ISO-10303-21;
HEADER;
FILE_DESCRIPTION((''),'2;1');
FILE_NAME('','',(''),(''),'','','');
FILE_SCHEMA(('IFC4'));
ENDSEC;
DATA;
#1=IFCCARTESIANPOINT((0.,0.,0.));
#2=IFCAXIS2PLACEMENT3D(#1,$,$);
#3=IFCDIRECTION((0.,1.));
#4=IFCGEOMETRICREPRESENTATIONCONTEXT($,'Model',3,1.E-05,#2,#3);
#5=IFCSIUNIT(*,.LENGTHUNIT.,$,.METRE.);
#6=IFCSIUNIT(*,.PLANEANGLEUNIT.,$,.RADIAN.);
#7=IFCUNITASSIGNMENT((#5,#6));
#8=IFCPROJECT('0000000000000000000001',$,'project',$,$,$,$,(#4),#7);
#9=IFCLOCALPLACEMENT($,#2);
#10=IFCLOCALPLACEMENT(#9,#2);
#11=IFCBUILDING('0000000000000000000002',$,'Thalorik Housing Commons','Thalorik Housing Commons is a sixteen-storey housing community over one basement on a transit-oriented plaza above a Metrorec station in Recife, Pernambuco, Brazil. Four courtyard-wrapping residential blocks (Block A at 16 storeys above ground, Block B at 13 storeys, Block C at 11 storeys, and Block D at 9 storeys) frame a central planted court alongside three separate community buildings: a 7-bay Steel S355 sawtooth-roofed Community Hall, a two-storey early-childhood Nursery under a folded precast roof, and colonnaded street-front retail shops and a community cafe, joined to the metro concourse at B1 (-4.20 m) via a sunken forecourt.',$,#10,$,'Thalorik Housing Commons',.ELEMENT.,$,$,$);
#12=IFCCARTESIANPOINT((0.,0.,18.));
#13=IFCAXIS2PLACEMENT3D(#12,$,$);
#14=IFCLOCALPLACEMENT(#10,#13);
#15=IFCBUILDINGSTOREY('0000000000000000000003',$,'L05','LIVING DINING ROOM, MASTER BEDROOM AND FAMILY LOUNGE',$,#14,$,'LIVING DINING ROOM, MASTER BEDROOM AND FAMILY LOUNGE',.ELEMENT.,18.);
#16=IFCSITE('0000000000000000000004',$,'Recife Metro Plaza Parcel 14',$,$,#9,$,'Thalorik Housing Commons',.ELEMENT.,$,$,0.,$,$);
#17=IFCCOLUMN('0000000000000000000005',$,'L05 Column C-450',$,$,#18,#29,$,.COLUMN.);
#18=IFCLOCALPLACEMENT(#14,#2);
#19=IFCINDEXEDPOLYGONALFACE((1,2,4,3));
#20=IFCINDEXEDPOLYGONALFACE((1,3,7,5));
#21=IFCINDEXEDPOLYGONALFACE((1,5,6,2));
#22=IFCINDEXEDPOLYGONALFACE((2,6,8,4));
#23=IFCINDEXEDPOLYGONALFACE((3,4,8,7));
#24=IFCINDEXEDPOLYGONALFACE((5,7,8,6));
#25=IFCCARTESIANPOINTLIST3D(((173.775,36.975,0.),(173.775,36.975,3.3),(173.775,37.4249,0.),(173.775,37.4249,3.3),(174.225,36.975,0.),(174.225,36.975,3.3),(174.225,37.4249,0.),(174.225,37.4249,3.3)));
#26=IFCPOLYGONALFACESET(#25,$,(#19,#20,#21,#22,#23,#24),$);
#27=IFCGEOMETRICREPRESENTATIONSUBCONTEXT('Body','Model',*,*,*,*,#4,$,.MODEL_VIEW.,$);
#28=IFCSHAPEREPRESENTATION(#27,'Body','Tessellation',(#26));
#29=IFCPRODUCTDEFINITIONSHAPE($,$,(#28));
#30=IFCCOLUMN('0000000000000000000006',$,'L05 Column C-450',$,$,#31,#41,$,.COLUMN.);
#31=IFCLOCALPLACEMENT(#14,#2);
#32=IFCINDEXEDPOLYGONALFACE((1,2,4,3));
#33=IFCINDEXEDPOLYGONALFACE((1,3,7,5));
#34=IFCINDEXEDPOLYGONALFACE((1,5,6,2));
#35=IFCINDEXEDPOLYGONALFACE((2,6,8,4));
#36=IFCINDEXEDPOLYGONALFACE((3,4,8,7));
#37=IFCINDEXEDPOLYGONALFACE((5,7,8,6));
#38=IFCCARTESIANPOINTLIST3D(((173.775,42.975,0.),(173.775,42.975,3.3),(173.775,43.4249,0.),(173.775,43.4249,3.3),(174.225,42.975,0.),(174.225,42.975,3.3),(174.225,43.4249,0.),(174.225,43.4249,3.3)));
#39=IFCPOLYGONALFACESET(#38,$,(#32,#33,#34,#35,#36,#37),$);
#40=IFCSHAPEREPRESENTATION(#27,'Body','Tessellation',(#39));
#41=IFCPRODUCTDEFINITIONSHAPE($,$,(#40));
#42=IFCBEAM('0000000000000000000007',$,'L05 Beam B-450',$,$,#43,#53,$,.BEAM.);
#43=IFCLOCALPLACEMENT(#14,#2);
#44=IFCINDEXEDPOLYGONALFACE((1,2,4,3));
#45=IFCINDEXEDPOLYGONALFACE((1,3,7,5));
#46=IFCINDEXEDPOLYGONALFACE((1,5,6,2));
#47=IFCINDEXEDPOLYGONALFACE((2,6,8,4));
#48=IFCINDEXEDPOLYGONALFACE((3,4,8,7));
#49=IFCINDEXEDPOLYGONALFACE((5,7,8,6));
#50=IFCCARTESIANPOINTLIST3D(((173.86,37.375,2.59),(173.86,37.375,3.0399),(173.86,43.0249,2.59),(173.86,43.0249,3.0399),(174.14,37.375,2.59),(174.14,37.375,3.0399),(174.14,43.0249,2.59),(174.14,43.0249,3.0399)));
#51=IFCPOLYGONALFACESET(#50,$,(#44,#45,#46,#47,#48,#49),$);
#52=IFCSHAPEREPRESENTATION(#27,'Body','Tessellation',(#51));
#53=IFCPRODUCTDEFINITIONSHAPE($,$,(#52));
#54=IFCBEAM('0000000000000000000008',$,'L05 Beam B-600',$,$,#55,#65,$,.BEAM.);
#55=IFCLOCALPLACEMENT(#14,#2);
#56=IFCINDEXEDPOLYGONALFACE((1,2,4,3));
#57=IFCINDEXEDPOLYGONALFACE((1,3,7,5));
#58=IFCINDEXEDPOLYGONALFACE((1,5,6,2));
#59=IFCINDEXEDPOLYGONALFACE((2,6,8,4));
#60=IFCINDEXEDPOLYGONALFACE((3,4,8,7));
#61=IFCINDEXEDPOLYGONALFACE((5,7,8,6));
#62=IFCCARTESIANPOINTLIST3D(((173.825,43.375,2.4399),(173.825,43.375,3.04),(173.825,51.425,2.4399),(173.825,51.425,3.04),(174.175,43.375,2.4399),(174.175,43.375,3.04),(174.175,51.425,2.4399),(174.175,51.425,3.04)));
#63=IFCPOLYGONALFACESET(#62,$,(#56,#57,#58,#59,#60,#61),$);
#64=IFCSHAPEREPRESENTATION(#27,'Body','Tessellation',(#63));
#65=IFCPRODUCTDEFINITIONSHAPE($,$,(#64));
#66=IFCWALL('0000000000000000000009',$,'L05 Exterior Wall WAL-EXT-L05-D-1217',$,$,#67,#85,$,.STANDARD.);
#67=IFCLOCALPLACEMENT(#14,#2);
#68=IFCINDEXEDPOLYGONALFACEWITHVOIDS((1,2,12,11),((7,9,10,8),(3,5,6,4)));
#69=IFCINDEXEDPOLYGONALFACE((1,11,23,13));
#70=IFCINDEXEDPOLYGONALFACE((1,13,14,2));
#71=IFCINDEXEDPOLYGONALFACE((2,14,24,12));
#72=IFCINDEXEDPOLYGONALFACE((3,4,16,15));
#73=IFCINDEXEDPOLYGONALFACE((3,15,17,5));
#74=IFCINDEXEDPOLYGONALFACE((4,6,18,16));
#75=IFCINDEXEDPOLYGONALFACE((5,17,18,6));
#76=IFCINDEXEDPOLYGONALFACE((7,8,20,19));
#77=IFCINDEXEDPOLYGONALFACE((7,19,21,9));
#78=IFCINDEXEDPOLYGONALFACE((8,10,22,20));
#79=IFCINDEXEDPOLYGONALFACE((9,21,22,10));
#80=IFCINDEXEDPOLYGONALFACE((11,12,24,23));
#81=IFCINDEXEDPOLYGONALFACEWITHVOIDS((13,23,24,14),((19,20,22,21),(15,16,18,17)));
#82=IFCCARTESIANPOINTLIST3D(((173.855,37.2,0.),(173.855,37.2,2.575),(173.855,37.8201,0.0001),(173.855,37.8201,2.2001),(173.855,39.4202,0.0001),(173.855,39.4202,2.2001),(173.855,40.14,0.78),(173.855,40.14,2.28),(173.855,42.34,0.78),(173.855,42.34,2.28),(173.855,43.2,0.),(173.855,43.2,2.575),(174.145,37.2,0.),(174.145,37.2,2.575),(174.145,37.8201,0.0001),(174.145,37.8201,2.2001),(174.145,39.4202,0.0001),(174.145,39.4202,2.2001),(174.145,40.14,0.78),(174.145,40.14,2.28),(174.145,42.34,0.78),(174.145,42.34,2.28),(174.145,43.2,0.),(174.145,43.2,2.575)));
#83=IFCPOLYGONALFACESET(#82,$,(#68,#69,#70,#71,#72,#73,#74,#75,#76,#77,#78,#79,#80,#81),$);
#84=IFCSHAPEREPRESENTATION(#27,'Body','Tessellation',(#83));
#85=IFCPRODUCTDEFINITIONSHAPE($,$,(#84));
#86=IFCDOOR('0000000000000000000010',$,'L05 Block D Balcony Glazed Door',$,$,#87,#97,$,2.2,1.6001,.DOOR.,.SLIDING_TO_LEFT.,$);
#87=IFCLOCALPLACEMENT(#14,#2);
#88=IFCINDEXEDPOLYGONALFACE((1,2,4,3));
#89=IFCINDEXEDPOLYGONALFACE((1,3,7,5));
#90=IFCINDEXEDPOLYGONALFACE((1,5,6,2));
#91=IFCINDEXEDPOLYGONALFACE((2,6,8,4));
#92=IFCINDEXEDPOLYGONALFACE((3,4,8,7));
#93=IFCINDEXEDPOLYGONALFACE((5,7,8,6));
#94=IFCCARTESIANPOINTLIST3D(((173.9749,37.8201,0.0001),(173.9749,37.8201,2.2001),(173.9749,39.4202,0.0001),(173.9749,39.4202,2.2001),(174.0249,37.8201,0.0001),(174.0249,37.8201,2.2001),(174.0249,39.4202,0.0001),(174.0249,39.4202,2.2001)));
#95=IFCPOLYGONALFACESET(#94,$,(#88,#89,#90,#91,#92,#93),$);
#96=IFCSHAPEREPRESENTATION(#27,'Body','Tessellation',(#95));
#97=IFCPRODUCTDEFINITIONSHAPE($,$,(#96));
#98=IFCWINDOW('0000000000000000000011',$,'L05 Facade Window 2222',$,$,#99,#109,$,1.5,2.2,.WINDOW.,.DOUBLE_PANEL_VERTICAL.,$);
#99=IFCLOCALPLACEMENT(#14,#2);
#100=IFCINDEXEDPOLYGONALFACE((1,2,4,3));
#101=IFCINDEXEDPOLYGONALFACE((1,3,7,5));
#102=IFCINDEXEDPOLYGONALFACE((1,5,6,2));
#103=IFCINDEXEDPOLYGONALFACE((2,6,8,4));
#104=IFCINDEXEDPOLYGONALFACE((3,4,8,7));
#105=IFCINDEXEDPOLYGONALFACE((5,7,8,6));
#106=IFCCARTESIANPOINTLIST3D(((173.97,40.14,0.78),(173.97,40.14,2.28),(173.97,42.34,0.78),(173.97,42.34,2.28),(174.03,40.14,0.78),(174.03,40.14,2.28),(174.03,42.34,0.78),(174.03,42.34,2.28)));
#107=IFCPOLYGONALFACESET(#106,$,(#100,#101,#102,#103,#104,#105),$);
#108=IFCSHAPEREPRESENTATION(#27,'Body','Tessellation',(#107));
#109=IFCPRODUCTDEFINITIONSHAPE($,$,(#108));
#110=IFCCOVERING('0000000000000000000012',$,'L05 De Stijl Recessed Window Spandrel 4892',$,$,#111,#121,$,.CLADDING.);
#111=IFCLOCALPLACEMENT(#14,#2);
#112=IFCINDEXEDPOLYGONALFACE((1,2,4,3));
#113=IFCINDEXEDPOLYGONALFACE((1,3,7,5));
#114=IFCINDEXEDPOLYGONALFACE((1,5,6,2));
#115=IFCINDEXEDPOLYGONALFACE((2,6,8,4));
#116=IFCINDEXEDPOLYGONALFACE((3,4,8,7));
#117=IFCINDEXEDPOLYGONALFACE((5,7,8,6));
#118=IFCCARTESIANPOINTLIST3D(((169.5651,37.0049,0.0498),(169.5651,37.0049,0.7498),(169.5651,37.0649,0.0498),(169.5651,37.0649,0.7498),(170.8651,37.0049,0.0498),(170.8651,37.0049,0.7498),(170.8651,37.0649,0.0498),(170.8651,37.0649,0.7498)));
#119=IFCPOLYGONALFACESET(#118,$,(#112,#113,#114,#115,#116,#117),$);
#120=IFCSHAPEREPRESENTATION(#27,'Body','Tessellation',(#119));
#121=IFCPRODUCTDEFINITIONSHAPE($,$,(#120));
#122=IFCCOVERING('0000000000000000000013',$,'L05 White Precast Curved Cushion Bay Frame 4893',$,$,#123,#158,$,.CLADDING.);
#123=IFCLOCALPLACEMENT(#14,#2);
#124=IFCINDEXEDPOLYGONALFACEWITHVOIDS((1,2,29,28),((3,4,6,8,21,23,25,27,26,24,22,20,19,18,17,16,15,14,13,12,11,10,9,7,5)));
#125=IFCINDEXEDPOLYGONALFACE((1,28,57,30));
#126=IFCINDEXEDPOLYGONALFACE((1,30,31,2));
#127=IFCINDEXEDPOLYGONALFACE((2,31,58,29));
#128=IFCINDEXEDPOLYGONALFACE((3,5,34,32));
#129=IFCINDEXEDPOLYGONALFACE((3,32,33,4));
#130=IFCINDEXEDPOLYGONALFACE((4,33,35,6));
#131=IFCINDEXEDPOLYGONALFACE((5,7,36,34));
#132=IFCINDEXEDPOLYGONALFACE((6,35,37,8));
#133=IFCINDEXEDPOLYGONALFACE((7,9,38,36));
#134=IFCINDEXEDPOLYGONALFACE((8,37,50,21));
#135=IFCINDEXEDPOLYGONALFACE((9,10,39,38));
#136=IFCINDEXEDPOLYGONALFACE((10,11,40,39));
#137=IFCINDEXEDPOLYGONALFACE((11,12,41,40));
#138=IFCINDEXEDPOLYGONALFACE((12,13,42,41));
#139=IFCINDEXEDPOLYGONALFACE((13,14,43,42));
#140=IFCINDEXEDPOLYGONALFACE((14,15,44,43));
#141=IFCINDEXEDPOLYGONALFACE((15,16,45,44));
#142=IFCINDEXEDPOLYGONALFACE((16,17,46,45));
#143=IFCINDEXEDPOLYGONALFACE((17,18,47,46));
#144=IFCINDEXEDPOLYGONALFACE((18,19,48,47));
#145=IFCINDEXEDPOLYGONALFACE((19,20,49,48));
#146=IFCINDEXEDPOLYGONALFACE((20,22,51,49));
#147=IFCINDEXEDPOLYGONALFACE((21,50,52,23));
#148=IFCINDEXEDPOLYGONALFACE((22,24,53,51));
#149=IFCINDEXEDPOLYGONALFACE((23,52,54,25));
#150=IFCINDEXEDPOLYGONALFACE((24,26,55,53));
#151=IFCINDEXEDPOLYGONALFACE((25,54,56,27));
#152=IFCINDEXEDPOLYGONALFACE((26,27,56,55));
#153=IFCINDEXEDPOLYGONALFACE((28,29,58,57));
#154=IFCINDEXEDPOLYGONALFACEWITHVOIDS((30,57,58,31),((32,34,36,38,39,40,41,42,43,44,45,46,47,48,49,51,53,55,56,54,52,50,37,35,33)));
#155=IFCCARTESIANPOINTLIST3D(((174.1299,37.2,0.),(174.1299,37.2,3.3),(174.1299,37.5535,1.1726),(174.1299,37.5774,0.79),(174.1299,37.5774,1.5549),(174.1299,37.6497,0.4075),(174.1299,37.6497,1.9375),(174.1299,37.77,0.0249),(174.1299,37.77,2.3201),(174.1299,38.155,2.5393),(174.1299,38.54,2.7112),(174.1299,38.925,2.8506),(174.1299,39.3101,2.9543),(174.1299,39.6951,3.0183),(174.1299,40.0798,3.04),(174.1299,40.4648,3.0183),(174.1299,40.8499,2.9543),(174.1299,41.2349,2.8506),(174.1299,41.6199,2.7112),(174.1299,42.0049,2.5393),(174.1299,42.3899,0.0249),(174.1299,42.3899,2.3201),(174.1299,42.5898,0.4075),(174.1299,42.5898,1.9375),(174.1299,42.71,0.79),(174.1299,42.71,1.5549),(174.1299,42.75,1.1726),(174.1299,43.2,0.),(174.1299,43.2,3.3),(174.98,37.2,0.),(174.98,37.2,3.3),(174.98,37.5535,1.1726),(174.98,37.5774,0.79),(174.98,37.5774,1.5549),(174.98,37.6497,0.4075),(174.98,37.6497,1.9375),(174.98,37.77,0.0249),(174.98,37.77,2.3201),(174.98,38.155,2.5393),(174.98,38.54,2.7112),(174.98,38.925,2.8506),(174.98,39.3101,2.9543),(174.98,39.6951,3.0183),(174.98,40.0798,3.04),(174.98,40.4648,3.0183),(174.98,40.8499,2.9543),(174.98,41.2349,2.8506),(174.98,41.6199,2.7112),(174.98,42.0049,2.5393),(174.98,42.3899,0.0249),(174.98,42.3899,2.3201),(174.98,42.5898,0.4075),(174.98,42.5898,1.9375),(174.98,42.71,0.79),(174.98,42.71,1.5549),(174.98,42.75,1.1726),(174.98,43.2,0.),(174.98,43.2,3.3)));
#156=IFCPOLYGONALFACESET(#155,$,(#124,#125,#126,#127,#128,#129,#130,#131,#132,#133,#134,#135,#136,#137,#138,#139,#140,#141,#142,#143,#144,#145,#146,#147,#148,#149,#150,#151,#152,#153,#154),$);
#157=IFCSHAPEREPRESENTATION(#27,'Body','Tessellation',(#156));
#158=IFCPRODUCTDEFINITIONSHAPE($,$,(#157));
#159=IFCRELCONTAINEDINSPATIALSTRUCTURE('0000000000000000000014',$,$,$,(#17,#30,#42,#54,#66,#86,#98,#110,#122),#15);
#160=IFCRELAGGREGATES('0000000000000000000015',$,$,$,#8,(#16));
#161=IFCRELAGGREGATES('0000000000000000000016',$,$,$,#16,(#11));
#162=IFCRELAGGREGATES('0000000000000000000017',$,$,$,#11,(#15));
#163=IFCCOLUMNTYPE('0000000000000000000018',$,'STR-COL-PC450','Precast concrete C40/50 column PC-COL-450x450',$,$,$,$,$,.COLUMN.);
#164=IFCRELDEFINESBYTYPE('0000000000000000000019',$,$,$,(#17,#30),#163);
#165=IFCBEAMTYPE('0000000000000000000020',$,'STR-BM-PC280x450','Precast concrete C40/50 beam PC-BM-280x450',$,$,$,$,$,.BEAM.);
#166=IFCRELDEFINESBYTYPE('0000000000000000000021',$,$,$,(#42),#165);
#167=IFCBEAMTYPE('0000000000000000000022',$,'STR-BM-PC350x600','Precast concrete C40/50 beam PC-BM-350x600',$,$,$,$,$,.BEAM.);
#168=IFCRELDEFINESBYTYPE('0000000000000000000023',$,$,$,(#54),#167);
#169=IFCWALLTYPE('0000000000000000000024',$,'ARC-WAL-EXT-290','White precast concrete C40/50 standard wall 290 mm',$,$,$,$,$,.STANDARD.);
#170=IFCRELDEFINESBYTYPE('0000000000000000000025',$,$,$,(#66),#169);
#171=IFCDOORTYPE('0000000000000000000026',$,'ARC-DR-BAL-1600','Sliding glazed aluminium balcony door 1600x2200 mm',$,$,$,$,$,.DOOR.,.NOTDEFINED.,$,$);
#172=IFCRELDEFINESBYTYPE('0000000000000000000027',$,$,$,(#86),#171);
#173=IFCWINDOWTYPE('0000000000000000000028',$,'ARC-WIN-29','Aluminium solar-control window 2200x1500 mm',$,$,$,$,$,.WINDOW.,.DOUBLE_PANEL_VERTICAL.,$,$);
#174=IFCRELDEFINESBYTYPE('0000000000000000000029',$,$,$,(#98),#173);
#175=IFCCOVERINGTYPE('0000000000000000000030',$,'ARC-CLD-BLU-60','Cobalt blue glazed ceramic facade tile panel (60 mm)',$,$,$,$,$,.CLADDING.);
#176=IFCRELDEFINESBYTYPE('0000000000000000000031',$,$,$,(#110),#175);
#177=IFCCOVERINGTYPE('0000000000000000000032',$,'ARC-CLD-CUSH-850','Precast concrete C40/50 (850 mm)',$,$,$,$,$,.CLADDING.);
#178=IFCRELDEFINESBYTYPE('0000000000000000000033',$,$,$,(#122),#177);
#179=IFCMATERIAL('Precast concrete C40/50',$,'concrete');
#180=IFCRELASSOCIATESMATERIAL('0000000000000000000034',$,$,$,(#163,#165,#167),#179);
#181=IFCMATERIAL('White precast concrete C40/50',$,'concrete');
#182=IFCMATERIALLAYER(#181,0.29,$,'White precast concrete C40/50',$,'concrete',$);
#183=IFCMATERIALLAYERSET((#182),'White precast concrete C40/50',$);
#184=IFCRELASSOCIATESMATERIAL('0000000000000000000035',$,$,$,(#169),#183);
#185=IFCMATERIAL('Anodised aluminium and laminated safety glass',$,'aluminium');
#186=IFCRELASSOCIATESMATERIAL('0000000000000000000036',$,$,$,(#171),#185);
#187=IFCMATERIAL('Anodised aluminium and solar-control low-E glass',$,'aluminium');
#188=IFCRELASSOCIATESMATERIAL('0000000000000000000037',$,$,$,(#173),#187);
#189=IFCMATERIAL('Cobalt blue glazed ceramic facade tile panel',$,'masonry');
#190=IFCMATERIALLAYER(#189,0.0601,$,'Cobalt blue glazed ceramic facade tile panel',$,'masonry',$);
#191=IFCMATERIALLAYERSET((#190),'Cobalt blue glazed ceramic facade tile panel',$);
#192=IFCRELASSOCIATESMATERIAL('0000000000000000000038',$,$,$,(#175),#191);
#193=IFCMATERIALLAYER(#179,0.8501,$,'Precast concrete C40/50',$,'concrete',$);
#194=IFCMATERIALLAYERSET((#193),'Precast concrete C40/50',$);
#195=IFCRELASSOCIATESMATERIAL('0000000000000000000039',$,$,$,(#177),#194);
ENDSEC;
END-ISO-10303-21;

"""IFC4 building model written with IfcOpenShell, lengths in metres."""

from ifc_helpers import new_model, si_unit, direction, frame, frame_2d, origin, origin_2d, place, context, subcontext, project, spatial, polyline, rectangle, outline, extrude, material, layer, layer_set, material_profile, profile_set, type_object, element, fill, save


model = new_model("IFC4")

# Units and contexts
model_context = context("Model", 3, precision=1e-05, world=origin(), true_north=direction((0.0, 1.0)))
body_context = subcontext(model_context, "Body", "Model", "MODEL_VIEW")
ifc_project = project(units=[si_unit("LENGTHUNIT", "METRE"), si_unit("PLANEANGLEUNIT", "RADIAN")], contexts=[model_context])

# Site, building, storey
site_placement = place(None, origin())
site = spatial("IfcSite", under=ifc_project, at=site_placement, Name="Recife Metro Plaza Parcel 14", LongName="Thalorik Housing Commons", CompositionType="ELEMENT", RefElevation=0.0)
building_placement = place(site_placement, origin())
building = spatial("IfcBuilding", under=site, at=building_placement, Name="Thalorik Housing Commons", Description="Thalorik Housing Commons is a sixteen-storey housing community over one basement on a transit-oriented plaza above a Metrorec station in Recife, Pernambuco, Brazil. Four courtyard-wrapping residential blocks (Block A at 16 storeys above ground, Block B at 13 storeys, Block C at 11 storeys, and Block D at 9 storeys) frame a central planted court alongside three separate community buildings: a 7-bay Steel S355 sawtooth-roofed Community Hall, a two-storey early-childhood Nursery under a folded precast roof, and colonnaded street-front retail shops and a community cafe, joined to the metro concourse at B1 (-4.20 m) via a sunken forecourt.", LongName="Thalorik Housing Commons", CompositionType="ELEMENT")
storey_placement = place(building_placement, frame((0.0, 0.0, 18.0)))
storey = spatial("IfcBuildingStorey", under=building, at=storey_placement, Name="L05", Description="LIVING DINING ROOM, MASTER BEDROOM AND FAMILY LOUNGE", LongName="LIVING DINING ROOM, MASTER BEDROOM AND FAMILY LOUNGE", CompositionType="ELEMENT", Elevation=18.0)

# Columns
ifc_material_1 = material(Name="Precast concrete C40/50", Category="concrete")
ifc_material_profile_1 = material_profile(ifc_material_1, rectangle(XDim=0.45, YDim=0.45, at=origin_2d()), Name="PC 450x450", Category="concrete")
ifc_profile_set_1 = profile_set([ifc_material_profile_1], Name="Precast concrete C40/50")
column_type = type_object("IfcColumnType", Name="STR-COL-PC450", Description="Precast concrete C40/50 column PC-COL-450x450", PredefinedType="COLUMN", material=ifc_profile_set_1)
for number, where, z_axis, x_axis, name in (
    (1, (174.0, 37.2, 0.0), (0.0, 0.0, 1.0), (1.0, 0.0, 0.0), "L05 Column C-450"),
    (2, (174.0, 43.2, 0.0), (0.0, 0.0, 1.0), (1.0, 0.0, 0.0), "L05 Column C-450"),
):
    element("IfcColumn", number, at=place(storey_placement, frame(where, z_axis=z_axis, x_axis=x_axis)), inside=storey, type_object=column_type, Name=name, PredefinedType="COLUMN", context=body_context, shape_type="SweptSolid", body=[
        extrude(rectangle(XDim=0.45, YDim=0.45, at=origin_2d()), origin(), (0.0, 0.0, 1.0), 3.3),
    ])

# Beams
ifc_material_profile_2 = material_profile(ifc_material_1, rectangle(XDim=0.28, YDim=0.45, at=origin_2d()), Name="PC 280x450", Category="concrete")
ifc_profile_set_2 = profile_set([ifc_material_profile_2], Name="Precast concrete C40/50")
beam_type_1 = type_object("IfcBeamType", Name="STR-BM-PC280x450", Description="Precast concrete C40/50 beam PC-BM-280x450", PredefinedType="BEAM", material=ifc_profile_set_2)
beam_1_placement = place(storey_placement, frame((174.0, 37.375, 2.8149), z_axis=(0.0, 1.0, 0.0), x_axis=(-1.0, 0.0, 0.0)))
element("IfcBeam", 3, at=beam_1_placement, inside=storey, type_object=beam_type_1, Name="L05 Beam B-450", PredefinedType="BEAM", context=body_context, shape_type="SweptSolid", body=[
    extrude(rectangle(XDim=0.28, YDim=0.45, at=origin_2d()), origin(), (0.0, 0.0, 1.0), 5.6499),
])
ifc_material_profile_3 = material_profile(ifc_material_1, rectangle(XDim=0.3501, YDim=0.6001, at=origin_2d()), Name="PC 350x600", Category="concrete")
ifc_profile_set_3 = profile_set([ifc_material_profile_3], Name="Precast concrete C40/50")
beam_type_2 = type_object("IfcBeamType", Name="STR-BM-PC350x600", Description="Precast concrete C40/50 beam PC-BM-350x600", PredefinedType="BEAM", material=ifc_profile_set_3)
beam_2_placement = place(storey_placement, frame((174.0, 43.375, 2.74), z_axis=(0.0, 1.0, 0.0), x_axis=(-1.0, 0.0, 0.0)))
element("IfcBeam", 4, at=beam_2_placement, inside=storey, type_object=beam_type_2, Name="L05 Beam B-600", PredefinedType="BEAM", context=body_context, shape_type="SweptSolid", body=[
    extrude(rectangle(XDim=0.3501, YDim=0.6001, at=origin_2d()), origin(), (0.0, 0.0, 1.0), 8.05),
])

# Wall, openings, door, window
ifc_material_2 = material(Name="White precast concrete C40/50", Category="concrete")
ifc_layer_1 = layer(ifc_material_2, 0.29, Name="White precast concrete C40/50", Category="concrete")
ifc_layer_set_1 = layer_set([ifc_layer_1], Name="White precast concrete C40/50")
wall_type = type_object("IfcWallType", Name="ARC-WAL-EXT-290", Description="White precast concrete C40/50 standard wall 290 mm", PredefinedType="STANDARD", material=ifc_layer_set_1)
wall_1_placement = place(storey_placement, frame((174.0, 37.2, 0.0), z_axis=(0.0, 0.0, 1.0), x_axis=(0.0, 1.0, 0.0)))
wall_1 = element("IfcWall", 5, at=wall_1_placement, inside=storey, type_object=wall_type, Name="L05 Exterior Wall WAL-EXT-L05-D-1217", PredefinedType="STANDARD", context=body_context, shape_type="SweptSolid", body=[
    extrude(rectangle(XDim=6.0, YDim=0.29, at=frame_2d((3.0, 0.0))), origin(), (0.0, 0.0, 1.0), 2.575),
])
opening_1_placement = place(wall_1_placement, frame((0.6201, 0.0, 0.0)))
opening_1 = element("IfcOpeningElement", 6, at=opening_1_placement, cuts=wall_1, PredefinedType="OPENING", context=body_context, shape_type="SweptSolid", body=[
    extrude(rectangle(XDim=1.6001, YDim=2.2, at=frame_2d((0.8, 1.1001))), frame((0.0, 0.155, 0.0), z_axis=(0.0, -1.0, 0.0), x_axis=(1.0, 0.0, 0.0)), (0.0, 0.0, 1.0), 0.3101),
])
opening_2_placement = place(wall_1_placement, frame((2.9399, 0.0, 0.78)))
opening_2 = element("IfcOpeningElement", 7, at=opening_2_placement, cuts=wall_1, PredefinedType="OPENING", context=body_context, shape_type="SweptSolid", body=[
    extrude(rectangle(XDim=2.2, YDim=1.5, at=frame_2d((1.1001, 0.75))), frame((0.0, 0.155, 0.0), z_axis=(0.0, -1.0, 0.0), x_axis=(1.0, 0.0, 0.0)), (0.0, 0.0, 1.0), 0.3101),
])
ifc_material_3 = material(Name="Anodised aluminium and laminated safety glass", Category="aluminium")
door_type_1 = type_object("IfcDoorType", Name="ARC-DR-BAL-1600", Description="Sliding glazed aluminium balcony door 1600x2200 mm", OperationType="NOTDEFINED", PredefinedType="DOOR", material=ifc_material_3)
door_1_placement = place(opening_1_placement, frame((1.6001, 0.0, 0.0), z_axis=(0.0, 0.0, 1.0), x_axis=(-1.0, 0.0, 0.0)))
door_1 = element("IfcDoor", 8, at=door_1_placement, inside=storey, type_object=door_type_1, Name="L05 Block D Balcony Glazed Door", OperationType="SLIDING_TO_LEFT", OverallHeight=2.2, OverallWidth=1.6001, PredefinedType="DOOR", context=body_context, shape_type="SweptSolid", body=[
    extrude(rectangle(XDim=1.6001, YDim=2.2, at=frame_2d((0.8, 1.1001))), frame((0.0, 0.0249, 0.0), z_axis=(0.0, -1.0, 0.0), x_axis=(1.0, 0.0, 0.0)), (0.0, 0.0, 1.0), 0.05),
])
fill(opening_1, door_1)
ifc_material_4 = material(Name="Anodised aluminium and solar-control low-E glass", Category="aluminium")
window_type_1 = type_object("IfcWindowType", Name="ARC-WIN-29", Description="Aluminium solar-control window 2200x1500 mm", PartitioningType="DOUBLE_PANEL_VERTICAL", PredefinedType="WINDOW", material=ifc_material_4)
window_1_placement = place(opening_2_placement, origin())
window_1 = element("IfcWindow", 9, at=window_1_placement, inside=storey, type_object=window_type_1, Name="L05 Facade Window 2222", OverallHeight=1.5, OverallWidth=2.2, PartitioningType="DOUBLE_PANEL_VERTICAL", PredefinedType="WINDOW", context=body_context, shape_type="SweptSolid", body=[
    extrude(rectangle(XDim=2.2, YDim=1.5, at=frame_2d((1.1001, 0.75))), frame((0.0, 0.03, 0.0), z_axis=(0.0, -1.0, 0.0), x_axis=(1.0, 0.0, 0.0)), (0.0, 0.0, 1.0), 0.0601),
])
fill(opening_2, window_1)

# Coverings
ifc_material_5 = material(Name="Cobalt blue glazed ceramic facade tile panel", Category="masonry")
ifc_layer_2 = layer(ifc_material_5, 0.0601, Name="Cobalt blue glazed ceramic facade tile panel", Category="masonry")
ifc_layer_set_2 = layer_set([ifc_layer_2], Name="Cobalt blue glazed ceramic facade tile panel")
covering_type_1 = type_object("IfcCoveringType", Name="ARC-CLD-BLU-60", Description="Cobalt blue glazed ceramic facade tile panel (60 mm)", PredefinedType="CLADDING", material=ifc_layer_set_2)
covering_1_placement = place(storey_placement, frame((170.2151, 37.0349, 0.0498), z_axis=(0.0, 0.0, 1.0), x_axis=(1.0, 0.0, 0.0)))
element("IfcCovering", 10, at=covering_1_placement, inside=storey, type_object=covering_type_1, Name="L05 De Stijl Recessed Window Spandrel 4892", PredefinedType="CLADDING", context=body_context, shape_type="SweptSolid", body=[
    extrude(rectangle(XDim=1.3, YDim=0.0601, at=origin_2d()), origin(), (0.0, 0.0, 1.0), 0.7),
])
ifc_layer_3 = layer(ifc_material_1, 0.8501, Name="Precast concrete C40/50", Category="concrete")
ifc_layer_set_3 = layer_set([ifc_layer_3], Name="Precast concrete C40/50")
covering_type_2 = type_object("IfcCoveringType", Name="ARC-CLD-CUSH-850", Description="Precast concrete C40/50 (850 mm)", PredefinedType="CLADDING", material=ifc_layer_set_3)
covering_2_placement = place(storey_placement, frame((174.5549, 40.2, 0.0), z_axis=(0.0, 0.0, 1.0), x_axis=(0.0, 1.0, 0.0)))
element("IfcCovering", 11, at=covering_2_placement, inside=storey, type_object=covering_type_2, Name="L05 White Precast Curved Cushion Bay Frame 4893", PredefinedType="CLADDING", context=body_context, shape_type="SweptSolid", body=[
    extrude(outline(polyline([(-3.0, 0.0), (3.0, 0.0), (3.0, 3.3), (-3.0, 3.3), (-3.0, 0.0)]), holes=[polyline([(2.1899, 0.0249), (2.3899, 0.4075), (2.51, 0.79), (2.55, 1.1726), (2.51, 1.5549), (2.3899, 1.9375), (2.1899, 2.3201), (1.8049, 2.5393), (1.4199, 2.7112), (1.0349, 2.8506), (0.6499, 2.9543), (0.2649, 3.0183), (-0.1201, 3.04), (-0.5049, 3.0183), (-0.8899, 2.9543), (-1.2749, 2.8506), (-1.6599, 2.7112), (-2.0449, 2.5393), (-2.4299, 2.3201), (-2.5503, 1.9375), (-2.6226, 1.5549), (-2.6465, 1.1726), (-2.6226, 0.79), (-2.5503, 0.4075), (-2.4299, 0.0249), (2.1899, 0.0249)])]), frame((0.0, 0.425, 0.0), z_axis=(0.0, -1.0, 0.0), x_axis=(1.0, 0.0, 0.0)), (0.0, 0.0, 1.0), 0.8501),
])

save(model, "model.ifc")
